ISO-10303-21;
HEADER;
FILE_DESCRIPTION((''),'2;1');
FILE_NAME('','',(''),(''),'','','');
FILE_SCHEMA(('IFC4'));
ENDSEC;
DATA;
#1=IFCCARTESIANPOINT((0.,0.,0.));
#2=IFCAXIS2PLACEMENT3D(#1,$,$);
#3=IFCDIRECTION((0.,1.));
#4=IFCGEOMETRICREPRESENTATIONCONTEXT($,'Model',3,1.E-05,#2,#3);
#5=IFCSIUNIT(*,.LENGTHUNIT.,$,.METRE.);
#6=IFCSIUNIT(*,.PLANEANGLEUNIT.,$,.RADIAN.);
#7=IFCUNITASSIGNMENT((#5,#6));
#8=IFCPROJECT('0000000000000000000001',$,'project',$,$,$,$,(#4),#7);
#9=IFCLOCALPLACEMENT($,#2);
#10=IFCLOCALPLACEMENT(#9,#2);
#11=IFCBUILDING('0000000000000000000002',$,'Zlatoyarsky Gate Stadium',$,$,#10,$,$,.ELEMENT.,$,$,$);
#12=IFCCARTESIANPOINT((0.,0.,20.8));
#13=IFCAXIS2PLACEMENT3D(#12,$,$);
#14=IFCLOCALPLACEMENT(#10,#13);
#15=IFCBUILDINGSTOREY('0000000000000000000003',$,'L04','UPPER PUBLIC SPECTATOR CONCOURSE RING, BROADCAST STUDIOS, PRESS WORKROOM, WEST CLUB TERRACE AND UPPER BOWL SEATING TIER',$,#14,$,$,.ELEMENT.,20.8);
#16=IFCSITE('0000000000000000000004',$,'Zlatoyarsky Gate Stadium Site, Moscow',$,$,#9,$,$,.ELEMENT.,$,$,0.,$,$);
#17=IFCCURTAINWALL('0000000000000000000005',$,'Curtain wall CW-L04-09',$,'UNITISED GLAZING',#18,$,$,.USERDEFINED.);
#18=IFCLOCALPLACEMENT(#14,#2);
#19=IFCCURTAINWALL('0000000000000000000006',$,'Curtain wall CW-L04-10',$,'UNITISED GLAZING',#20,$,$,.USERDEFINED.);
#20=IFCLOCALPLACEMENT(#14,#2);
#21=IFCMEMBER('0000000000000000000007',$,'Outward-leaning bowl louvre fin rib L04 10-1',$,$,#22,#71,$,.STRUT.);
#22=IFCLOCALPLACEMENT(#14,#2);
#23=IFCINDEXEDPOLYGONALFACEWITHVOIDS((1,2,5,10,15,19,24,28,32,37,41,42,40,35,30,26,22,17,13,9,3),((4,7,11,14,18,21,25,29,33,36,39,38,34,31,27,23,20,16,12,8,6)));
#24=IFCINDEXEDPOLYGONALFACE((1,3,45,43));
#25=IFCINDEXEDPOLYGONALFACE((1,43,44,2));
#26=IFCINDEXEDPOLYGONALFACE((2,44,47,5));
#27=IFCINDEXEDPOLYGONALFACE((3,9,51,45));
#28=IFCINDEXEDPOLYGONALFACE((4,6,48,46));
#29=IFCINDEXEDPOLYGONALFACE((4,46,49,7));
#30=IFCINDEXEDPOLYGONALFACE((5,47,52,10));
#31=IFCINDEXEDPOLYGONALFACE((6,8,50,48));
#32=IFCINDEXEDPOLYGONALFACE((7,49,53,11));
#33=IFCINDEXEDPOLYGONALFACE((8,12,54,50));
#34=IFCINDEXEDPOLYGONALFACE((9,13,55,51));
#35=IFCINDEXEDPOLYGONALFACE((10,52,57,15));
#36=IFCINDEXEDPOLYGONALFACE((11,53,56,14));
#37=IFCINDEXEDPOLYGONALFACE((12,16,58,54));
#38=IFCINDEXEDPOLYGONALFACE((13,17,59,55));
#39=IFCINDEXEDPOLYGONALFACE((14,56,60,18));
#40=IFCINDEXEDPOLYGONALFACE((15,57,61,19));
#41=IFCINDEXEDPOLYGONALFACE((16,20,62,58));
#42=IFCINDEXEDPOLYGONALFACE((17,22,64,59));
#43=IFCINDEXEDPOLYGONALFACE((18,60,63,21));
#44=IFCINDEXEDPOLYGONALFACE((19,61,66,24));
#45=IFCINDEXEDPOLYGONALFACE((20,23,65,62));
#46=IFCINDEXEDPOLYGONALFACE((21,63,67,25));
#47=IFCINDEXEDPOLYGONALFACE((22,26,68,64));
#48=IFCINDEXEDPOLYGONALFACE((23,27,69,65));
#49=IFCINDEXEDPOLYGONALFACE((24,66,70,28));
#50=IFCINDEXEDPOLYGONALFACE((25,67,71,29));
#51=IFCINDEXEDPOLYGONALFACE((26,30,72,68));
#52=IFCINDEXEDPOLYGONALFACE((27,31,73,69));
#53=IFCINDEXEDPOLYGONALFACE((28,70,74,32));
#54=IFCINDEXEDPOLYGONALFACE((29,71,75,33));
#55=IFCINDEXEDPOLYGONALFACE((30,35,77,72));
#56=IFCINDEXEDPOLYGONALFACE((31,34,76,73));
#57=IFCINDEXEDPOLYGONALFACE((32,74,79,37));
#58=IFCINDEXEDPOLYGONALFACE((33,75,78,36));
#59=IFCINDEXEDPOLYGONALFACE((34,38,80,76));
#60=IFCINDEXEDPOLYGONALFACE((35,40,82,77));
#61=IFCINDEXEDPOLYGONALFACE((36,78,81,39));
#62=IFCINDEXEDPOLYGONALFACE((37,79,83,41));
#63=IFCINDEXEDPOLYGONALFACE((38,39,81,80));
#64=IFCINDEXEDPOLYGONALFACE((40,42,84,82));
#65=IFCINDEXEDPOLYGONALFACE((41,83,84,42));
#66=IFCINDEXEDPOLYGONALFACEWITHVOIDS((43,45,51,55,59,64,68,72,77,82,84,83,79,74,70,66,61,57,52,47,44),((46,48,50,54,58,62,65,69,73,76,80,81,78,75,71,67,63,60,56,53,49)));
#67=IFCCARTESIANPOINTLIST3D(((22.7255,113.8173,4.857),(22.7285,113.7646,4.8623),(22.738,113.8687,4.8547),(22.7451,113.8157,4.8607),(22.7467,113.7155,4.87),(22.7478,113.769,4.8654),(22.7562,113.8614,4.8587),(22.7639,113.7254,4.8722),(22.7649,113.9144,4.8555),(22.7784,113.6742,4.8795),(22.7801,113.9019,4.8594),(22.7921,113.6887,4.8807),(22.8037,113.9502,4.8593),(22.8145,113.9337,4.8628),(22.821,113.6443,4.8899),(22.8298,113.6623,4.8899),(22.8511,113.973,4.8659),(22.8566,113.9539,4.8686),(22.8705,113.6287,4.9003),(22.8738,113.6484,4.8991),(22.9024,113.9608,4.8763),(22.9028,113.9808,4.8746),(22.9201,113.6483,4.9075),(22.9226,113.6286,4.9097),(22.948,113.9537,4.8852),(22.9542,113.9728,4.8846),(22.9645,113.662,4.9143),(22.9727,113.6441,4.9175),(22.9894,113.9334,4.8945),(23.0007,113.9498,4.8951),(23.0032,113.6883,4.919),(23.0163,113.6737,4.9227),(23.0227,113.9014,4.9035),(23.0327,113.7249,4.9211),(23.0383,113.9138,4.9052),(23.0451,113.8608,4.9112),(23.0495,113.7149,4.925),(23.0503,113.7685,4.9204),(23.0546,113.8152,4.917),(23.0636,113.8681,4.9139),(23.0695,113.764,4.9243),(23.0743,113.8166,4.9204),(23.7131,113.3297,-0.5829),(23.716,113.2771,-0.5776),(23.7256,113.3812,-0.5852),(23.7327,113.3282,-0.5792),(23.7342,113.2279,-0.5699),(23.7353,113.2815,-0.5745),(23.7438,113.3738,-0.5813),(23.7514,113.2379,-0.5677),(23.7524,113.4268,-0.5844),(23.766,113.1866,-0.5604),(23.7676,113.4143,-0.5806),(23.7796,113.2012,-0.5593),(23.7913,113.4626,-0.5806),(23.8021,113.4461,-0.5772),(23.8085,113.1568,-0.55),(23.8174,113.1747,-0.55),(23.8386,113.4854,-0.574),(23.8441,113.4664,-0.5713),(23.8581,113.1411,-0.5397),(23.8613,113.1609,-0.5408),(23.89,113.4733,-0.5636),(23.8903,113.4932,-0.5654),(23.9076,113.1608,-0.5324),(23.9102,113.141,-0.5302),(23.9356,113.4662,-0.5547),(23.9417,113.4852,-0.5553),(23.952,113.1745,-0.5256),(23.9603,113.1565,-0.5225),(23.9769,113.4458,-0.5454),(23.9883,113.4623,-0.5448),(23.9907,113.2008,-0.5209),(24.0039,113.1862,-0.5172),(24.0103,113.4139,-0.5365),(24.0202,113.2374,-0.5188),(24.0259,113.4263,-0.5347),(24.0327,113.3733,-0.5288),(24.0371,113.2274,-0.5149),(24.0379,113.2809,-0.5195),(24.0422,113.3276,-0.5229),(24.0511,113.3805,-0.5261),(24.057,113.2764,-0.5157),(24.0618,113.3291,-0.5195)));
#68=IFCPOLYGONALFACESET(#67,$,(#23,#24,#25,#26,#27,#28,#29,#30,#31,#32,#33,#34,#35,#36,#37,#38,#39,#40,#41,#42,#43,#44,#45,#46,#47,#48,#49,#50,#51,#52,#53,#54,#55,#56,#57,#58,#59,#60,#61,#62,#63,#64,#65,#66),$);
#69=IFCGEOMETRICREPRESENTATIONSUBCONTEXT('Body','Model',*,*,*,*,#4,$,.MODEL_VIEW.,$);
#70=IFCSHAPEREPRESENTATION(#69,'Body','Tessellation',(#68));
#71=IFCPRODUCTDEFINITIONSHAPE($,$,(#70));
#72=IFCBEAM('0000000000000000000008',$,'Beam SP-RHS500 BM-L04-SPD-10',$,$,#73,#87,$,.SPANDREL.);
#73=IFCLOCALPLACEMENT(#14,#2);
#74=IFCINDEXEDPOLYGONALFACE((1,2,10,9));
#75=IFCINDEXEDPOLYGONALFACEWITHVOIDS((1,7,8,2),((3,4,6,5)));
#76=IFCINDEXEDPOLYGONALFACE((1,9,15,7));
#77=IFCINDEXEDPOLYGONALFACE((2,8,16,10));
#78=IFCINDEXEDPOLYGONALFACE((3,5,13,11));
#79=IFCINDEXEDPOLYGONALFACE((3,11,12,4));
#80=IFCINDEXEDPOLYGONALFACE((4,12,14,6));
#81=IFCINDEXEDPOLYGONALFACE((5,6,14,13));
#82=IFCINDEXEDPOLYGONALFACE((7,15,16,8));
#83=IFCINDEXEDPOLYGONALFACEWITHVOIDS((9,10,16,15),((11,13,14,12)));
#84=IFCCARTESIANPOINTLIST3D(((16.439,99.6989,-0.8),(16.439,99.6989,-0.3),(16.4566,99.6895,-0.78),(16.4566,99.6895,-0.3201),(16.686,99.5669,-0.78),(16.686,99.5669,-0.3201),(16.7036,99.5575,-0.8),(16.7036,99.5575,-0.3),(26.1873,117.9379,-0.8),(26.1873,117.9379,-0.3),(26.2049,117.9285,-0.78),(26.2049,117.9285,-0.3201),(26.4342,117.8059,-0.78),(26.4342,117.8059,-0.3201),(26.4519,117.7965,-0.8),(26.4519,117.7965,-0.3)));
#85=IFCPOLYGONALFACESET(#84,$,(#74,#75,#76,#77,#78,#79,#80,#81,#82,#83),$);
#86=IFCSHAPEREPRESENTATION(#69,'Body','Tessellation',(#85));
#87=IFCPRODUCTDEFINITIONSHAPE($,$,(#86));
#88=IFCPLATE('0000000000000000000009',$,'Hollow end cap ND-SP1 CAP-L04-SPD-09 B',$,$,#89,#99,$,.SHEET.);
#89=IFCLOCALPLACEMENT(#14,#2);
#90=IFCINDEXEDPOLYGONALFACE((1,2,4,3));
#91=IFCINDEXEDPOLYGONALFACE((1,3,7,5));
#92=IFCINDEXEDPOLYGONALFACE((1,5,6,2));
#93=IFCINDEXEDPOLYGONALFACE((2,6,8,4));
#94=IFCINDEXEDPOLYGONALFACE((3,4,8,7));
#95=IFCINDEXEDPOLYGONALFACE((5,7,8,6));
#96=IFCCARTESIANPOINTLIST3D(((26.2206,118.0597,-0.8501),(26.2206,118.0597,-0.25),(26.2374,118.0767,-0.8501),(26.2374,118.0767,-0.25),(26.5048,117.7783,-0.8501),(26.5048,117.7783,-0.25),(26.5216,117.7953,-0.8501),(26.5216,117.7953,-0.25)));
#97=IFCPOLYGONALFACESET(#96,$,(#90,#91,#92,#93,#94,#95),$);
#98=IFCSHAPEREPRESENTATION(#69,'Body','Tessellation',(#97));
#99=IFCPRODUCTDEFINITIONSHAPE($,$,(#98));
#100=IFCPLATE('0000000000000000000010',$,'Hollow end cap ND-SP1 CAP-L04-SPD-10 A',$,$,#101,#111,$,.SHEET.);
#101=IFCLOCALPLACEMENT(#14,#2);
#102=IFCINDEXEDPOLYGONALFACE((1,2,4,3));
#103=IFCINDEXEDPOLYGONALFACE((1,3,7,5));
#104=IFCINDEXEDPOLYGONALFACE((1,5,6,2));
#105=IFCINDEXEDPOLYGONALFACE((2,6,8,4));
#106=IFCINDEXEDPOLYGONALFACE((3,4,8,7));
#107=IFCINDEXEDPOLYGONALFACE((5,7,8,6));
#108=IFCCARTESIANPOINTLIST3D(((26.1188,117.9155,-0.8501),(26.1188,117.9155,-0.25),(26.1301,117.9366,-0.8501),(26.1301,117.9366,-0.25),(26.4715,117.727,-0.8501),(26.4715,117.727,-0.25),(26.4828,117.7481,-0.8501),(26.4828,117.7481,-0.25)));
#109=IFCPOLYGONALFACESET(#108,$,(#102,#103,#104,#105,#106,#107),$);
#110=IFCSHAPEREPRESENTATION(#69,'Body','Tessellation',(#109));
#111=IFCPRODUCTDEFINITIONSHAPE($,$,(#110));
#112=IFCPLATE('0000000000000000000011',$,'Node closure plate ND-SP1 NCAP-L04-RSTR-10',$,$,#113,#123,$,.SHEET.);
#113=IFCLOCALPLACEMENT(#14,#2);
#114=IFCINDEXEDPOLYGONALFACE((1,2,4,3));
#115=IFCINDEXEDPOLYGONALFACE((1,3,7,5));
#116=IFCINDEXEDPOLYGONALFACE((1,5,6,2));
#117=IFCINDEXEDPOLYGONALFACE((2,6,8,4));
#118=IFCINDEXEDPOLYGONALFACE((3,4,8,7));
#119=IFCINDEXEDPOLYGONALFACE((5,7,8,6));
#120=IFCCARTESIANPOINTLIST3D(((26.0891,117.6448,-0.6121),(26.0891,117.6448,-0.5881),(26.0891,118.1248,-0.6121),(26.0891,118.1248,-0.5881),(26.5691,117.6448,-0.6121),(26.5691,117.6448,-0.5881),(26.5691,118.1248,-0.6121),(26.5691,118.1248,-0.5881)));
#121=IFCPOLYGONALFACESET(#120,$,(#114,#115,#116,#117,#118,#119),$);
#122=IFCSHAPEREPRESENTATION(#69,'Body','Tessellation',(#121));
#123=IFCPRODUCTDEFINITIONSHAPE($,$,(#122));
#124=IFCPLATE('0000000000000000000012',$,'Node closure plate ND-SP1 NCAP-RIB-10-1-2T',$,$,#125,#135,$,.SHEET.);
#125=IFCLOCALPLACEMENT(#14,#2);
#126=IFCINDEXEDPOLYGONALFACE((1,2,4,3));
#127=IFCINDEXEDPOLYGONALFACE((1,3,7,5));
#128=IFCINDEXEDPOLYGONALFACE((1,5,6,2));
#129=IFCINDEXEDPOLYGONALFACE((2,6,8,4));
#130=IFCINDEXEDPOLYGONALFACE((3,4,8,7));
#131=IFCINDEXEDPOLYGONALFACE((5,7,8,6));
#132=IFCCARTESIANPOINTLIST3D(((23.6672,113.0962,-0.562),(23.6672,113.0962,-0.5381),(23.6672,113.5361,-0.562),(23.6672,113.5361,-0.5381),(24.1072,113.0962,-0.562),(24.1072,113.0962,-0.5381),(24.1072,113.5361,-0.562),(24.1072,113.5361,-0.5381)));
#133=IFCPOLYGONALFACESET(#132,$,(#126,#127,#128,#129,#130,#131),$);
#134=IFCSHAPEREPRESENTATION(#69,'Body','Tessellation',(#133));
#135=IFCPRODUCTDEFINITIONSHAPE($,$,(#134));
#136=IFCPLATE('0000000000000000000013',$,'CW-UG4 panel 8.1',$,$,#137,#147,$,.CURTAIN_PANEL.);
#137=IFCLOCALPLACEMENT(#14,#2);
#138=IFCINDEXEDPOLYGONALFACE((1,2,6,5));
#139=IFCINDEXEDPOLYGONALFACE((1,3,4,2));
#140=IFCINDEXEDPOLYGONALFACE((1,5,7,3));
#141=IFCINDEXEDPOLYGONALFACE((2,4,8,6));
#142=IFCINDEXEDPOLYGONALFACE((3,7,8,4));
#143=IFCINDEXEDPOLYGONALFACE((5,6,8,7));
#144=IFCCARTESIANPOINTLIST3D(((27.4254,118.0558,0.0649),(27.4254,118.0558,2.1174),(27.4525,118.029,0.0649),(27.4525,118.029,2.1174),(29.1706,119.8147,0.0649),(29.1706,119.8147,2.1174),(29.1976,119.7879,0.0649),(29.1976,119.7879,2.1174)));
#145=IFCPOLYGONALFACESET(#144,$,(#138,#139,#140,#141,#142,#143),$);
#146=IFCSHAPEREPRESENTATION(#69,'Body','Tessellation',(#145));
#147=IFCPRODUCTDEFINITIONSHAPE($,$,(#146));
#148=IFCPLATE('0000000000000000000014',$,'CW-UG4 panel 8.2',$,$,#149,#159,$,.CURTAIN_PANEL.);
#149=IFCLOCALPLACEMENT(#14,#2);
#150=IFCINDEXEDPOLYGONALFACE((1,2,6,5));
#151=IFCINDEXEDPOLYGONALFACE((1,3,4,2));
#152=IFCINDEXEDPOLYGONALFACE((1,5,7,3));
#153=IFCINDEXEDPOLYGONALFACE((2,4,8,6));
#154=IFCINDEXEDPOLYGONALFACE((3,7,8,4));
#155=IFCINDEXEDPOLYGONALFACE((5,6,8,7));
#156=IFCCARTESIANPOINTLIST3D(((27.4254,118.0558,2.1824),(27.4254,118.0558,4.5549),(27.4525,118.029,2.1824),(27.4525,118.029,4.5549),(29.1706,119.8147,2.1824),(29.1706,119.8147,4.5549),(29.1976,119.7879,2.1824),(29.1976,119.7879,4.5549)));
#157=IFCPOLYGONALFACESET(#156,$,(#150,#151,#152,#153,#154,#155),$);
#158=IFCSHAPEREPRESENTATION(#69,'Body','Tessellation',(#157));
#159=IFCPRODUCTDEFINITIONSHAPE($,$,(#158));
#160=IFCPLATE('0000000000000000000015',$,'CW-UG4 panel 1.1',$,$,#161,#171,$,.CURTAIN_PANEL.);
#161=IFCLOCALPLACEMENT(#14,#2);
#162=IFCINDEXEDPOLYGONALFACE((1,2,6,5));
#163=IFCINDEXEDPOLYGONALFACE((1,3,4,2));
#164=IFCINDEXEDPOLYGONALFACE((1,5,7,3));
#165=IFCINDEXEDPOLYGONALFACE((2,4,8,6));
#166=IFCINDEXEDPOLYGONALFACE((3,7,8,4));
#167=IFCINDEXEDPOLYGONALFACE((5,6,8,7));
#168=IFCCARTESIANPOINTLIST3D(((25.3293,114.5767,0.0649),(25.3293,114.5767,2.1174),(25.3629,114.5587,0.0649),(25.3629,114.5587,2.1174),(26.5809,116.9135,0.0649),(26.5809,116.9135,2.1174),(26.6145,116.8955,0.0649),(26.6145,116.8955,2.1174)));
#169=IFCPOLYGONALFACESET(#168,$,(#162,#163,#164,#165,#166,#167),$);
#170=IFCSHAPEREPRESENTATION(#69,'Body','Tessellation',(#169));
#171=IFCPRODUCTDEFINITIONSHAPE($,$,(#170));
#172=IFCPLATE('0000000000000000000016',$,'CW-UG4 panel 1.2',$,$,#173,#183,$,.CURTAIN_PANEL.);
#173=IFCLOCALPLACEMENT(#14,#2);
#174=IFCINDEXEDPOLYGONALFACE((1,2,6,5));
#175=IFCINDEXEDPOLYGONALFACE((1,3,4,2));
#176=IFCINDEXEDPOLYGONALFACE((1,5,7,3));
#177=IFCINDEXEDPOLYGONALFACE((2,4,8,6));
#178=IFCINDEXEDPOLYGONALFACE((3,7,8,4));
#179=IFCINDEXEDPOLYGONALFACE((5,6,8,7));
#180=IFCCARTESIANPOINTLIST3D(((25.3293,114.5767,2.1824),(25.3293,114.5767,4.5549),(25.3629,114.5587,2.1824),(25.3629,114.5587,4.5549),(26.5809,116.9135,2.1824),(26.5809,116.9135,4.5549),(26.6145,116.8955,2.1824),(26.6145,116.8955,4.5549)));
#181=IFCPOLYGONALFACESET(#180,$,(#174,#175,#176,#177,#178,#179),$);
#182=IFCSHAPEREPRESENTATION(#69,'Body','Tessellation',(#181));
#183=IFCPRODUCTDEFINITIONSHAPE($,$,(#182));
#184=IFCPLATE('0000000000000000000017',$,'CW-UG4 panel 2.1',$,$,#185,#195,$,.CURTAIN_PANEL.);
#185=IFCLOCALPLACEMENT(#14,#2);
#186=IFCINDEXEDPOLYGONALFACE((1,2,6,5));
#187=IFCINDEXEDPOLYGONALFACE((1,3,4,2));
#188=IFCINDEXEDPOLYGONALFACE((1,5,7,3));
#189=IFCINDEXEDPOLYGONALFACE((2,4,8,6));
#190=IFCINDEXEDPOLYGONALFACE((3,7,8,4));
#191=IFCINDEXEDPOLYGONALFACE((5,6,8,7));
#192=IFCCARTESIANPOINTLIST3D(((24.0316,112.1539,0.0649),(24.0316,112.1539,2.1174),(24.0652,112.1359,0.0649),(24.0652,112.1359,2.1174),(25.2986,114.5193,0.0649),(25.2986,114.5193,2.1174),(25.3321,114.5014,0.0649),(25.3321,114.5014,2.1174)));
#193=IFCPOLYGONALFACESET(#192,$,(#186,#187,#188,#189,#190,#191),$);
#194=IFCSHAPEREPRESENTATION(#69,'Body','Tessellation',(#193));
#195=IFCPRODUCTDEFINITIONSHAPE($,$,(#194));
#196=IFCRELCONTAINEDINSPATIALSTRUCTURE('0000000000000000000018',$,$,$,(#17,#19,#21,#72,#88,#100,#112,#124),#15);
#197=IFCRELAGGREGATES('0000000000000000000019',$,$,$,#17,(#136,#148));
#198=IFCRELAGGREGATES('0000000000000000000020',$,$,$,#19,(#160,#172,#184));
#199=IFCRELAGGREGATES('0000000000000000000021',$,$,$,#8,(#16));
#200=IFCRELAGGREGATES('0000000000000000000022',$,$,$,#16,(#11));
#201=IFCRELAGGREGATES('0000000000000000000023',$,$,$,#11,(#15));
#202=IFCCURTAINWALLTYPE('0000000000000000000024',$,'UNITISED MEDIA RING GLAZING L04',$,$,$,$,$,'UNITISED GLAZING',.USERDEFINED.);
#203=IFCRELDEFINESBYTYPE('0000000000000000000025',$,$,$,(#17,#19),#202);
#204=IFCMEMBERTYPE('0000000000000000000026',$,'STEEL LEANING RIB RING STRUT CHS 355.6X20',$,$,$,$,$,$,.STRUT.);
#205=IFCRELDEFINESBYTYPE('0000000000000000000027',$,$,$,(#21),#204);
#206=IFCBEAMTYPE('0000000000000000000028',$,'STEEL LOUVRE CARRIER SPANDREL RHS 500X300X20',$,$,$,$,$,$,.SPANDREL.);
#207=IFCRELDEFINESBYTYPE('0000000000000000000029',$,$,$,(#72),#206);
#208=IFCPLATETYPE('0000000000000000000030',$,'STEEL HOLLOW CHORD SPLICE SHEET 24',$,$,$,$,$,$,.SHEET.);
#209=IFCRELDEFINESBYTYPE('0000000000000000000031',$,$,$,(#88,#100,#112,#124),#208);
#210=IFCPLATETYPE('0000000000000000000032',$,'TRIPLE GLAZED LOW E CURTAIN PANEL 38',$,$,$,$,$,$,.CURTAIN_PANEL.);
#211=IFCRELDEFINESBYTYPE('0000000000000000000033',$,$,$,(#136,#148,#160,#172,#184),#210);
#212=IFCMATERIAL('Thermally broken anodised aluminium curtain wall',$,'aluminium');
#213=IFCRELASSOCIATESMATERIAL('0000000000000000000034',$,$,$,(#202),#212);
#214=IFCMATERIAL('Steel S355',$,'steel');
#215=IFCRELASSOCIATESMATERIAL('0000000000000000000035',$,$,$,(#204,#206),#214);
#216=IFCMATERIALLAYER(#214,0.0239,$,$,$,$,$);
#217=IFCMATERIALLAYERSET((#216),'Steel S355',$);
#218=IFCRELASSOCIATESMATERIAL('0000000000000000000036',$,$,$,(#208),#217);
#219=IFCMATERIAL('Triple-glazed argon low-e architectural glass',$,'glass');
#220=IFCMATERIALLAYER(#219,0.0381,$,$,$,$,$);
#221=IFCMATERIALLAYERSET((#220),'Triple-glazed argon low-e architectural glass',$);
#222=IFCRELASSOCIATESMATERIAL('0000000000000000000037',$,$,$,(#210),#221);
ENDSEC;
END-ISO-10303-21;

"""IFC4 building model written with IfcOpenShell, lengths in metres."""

from ifc_helpers import new_model, si_unit, direction, frame, origin, origin_2d, place, context, subcontext, project, spatial, rectangle, hollow_rectangle, hollow_circle, extrude, material, layer, layer_set, material_profile, profile_set, type_object, element, aggregate, save


model = new_model("IFC4")

# Units and contexts
model_context = context("Model", 3, precision=1e-05, world=origin(), true_north=direction((0.0, 1.0)))
body_context = subcontext(model_context, "Body", "Model", "MODEL_VIEW")
ifc_project = project(units=[si_unit("LENGTHUNIT", "METRE"), si_unit("PLANEANGLEUNIT", "RADIAN")], contexts=[model_context])

# Site, building, storey
site_placement = place(None, origin())
site = spatial("IfcSite", under=ifc_project, at=site_placement, Name="Zlatoyarsky Gate Stadium Site, Moscow", CompositionType="ELEMENT", RefElevation=0.0)
building_placement = place(site_placement, origin())
building = spatial("IfcBuilding", under=site, at=building_placement, Name="Zlatoyarsky Gate Stadium", CompositionType="ELEMENT")
storey_placement = place(building_placement, frame((0.0, 0.0, 20.8)))
storey = spatial("IfcBuildingStorey", under=building, at=storey_placement, Name="L04", Description="UPPER PUBLIC SPECTATOR CONCOURSE RING, BROADCAST STUDIOS, PRESS WORKROOM, WEST CLUB TERRACE AND UPPER BOWL SEATING TIER", CompositionType="ELEMENT", Elevation=20.8)

# Shared definitions
ifc_material_1 = material(Name="Steel S355", Category="steel")

# Curtain walls
ifc_material_2 = material(Name="Thermally broken anodised aluminium curtain wall", Category="aluminium")
curtain_wall_type = type_object("IfcCurtainWallType", Name="UNITISED MEDIA RING GLAZING L04", ElementType="UNITISED GLAZING", PredefinedType="USERDEFINED", material=ifc_material_2)
curtain_wall_1_placement = place(storey_placement, origin())
curtain_wall_1 = element("IfcCurtainWall", 1, at=curtain_wall_1_placement, inside=storey, type_object=curtain_wall_type, Name="Curtain wall CW-L04-09", ObjectType="UNITISED GLAZING", PredefinedType="USERDEFINED")
curtain_wall_2_placement = place(storey_placement, origin())
curtain_wall_2 = element("IfcCurtainWall", 2, at=curtain_wall_2_placement, inside=storey, type_object=curtain_wall_type, Name="Curtain wall CW-L04-10", ObjectType="UNITISED GLAZING", PredefinedType="USERDEFINED")

# Member
ifc_material_profile_1 = material_profile(ifc_material_1, hollow_circle(Radius=0.1777, WallThickness=0.02, at=origin_2d()), Name="CHS 355.6X20")
ifc_profile_set_1 = profile_set([ifc_material_profile_1], Name="Steel S355")
member_type_1 = type_object("IfcMemberType", Name="STEEL LEANING RIB RING STRUT CHS 355.6X20", PredefinedType="STRUT", material=ifc_profile_set_1)
member_1_placement = place(storey_placement, frame((23.8872, 113.3162, -0.55), z_axis=(-0.177927, 0.087842, 0.980115), x_axis=(-0.442686, -0.896677, 0.0)))
element("IfcMember", 3, at=member_1_placement, inside=storey, type_object=member_type_1, Name="Outward-leaning bowl louvre fin rib L04 10-1", PredefinedType="STRUT", context=body_context, shape_type="SweptSolid", body=[
    extrude(hollow_circle(Radius=0.1777, WallThickness=0.02, at=origin_2d()), origin(), (0.0, 0.0, 1.0), 5.5503),
])

# Beam
ifc_material_profile_2 = material_profile(ifc_material_1, hollow_rectangle(XDim=0.3, YDim=0.5, WallThickness=0.02, at=origin_2d()), Name="RHS 500X300X20")
ifc_profile_set_2 = profile_set([ifc_material_profile_2], Name="Steel S355")
beam_type = type_object("IfcBeamType", Name="STEEL LOUVRE CARRIER SPANDREL RHS 500X300X20", PredefinedType="SPANDREL", material=ifc_profile_set_2)
beam_placement = place(storey_placement, frame((26.3196, 117.8672, -0.55), z_axis=(-0.471372, -0.881935, 0.0), x_axis=(0.881935, -0.471372, 0.0)))
element("IfcBeam", 4, at=beam_placement, inside=storey, type_object=beam_type, Name="Beam SP-RHS500 BM-L04-SPD-10", PredefinedType="SPANDREL", context=body_context, shape_type="SweptSolid", body=[
    extrude(hollow_rectangle(XDim=0.3, YDim=0.5, WallThickness=0.02, at=origin_2d()), origin(), (0.0, 0.0, 1.0), 20.6807),
])

# Plates
ifc_layer_1 = layer(ifc_material_1, 0.0239)
ifc_layer_set_1 = layer_set([ifc_layer_1], Name="Steel S355")
plate_type_1 = type_object("IfcPlateType", Name="STEEL HOLLOW CHORD SPLICE SHEET 24", PredefinedType="SHEET", material=ifc_layer_set_1)
for number, where, z_axis, x_axis, name in (
    (5, (26.3711, 117.9275, -0.8501), (0.0, 0.0, 1.0), (-0.703591, -0.710605, 0.0), "Hollow end cap ND-SP1 CAP-L04-SPD-09 B"),
    (6, (26.3008, 117.8318, -0.8501), (0.0, 0.0, 1.0), (-0.471376, -0.881933, 0.0), "Hollow end cap ND-SP1 CAP-L04-SPD-10 A"),
):
    element("IfcPlate", number, at=place(storey_placement, frame(where, z_axis=z_axis, x_axis=x_axis)), inside=storey, type_object=plate_type_1, Name=name, PredefinedType="SHEET", context=body_context, shape_type="SweptSolid", body=[
        extrude(rectangle(XDim=0.0239, YDim=0.3999, at=origin_2d()), origin(), (0.0, 0.0, 1.0), 0.6001),
    ])
plate_1_placement = place(storey_placement, frame((26.3291, 117.8848, -0.6121), z_axis=(0.0, 0.0, 1.0), x_axis=(1.0, 0.0, 0.0)))
element("IfcPlate", 7, at=plate_1_placement, inside=storey, type_object=plate_type_1, Name="Node closure plate ND-SP1 NCAP-L04-RSTR-10", PredefinedType="SHEET", context=body_context, shape_type="SweptSolid", body=[
    extrude(rectangle(XDim=0.48, YDim=0.48, at=origin_2d()), origin(), (0.0, 0.0, 1.0), 0.0239),
])
plate_2_placement = place(storey_placement, frame((23.8872, 113.3162, -0.562), z_axis=(0.0, 0.0, 1.0), x_axis=(1.0, 0.0, 0.0)))
element("IfcPlate", 8, at=plate_2_placement, inside=storey, type_object=plate_type_1, Name="Node closure plate ND-SP1 NCAP-RIB-10-1-2T", PredefinedType="SHEET", context=body_context, shape_type="SweptSolid", body=[
    extrude(rectangle(XDim=0.4399, YDim=0.4399, at=origin_2d()), origin(), (0.0, 0.0, 1.0), 0.0239),
])

# Plates
ifc_material_3 = material(Name="Triple-glazed argon low-e architectural glass", Category="glass")
ifc_layer_2 = layer(ifc_material_3, 0.0381)
ifc_layer_set_2 = layer_set([ifc_layer_2], Name="Triple-glazed argon low-e architectural glass")
plate_type_2 = type_object("IfcPlateType", Name="TRIPLE GLAZED LOW E CURTAIN PANEL 38", PredefinedType="CURTAIN_PANEL", material=ifc_layer_set_2)
plate_3_placement = place(storey_placement, frame((28.3115, 118.9219, 0.0649), z_axis=(0.0, 0.0, 1.0), x_axis=(-0.704332, -0.709871, 0.0)))
plate_3 = element("IfcPlate", 9, at=plate_3_placement, type_object=plate_type_2, Name="CW-UG4 panel 8.1", PredefinedType="CURTAIN_PANEL", context=body_context, shape_type="SweptSolid", body=[
    extrude(rectangle(XDim=2.4778, YDim=0.0381, at=origin_2d()), origin(), (0.0, 0.0, 1.0), 2.0525),
])
plate_4_placement = place(storey_placement, frame((28.3115, 118.9219, 2.1824), z_axis=(0.0, 0.0, 1.0), x_axis=(-0.704332, -0.709871, 0.0)))
plate_4 = element("IfcPlate", 10, at=plate_4_placement, type_object=plate_type_2, Name="CW-UG4 panel 8.2", PredefinedType="CURTAIN_PANEL", context=body_context, shape_type="SweptSolid", body=[
    extrude(rectangle(XDim=2.4778, YDim=0.0381, at=origin_2d()), origin(), (0.0, 0.0, 1.0), 2.3726),
])
aggregate(curtain_wall_1, [plate_3, plate_4])
plate_5_placement = place(storey_placement, frame((25.9719, 115.7361, 0.0649), z_axis=(0.0, 0.0, 1.0), x_axis=(-0.472145, -0.881521, 0.0)))
plate_5 = element("IfcPlate", 11, at=plate_5_placement, type_object=plate_type_2, Name="CW-UG4 panel 1.1", PredefinedType="CURTAIN_PANEL", context=body_context, shape_type="SweptSolid", body=[
    extrude(rectangle(XDim=2.6509, YDim=0.0381, at=origin_2d()), origin(), (0.0, 0.0, 1.0), 2.0525),
])
plate_6_placement = place(storey_placement, frame((25.9719, 115.7361, 2.1824), z_axis=(0.0, 0.0, 1.0), x_axis=(-0.472145, -0.881521, 0.0)))
plate_6 = element("IfcPlate", 12, at=plate_6_placement, type_object=plate_type_2, Name="CW-UG4 panel 1.2", PredefinedType="CURTAIN_PANEL", context=body_context, shape_type="SweptSolid", body=[
    extrude(rectangle(XDim=2.6509, YDim=0.0381, at=origin_2d()), origin(), (0.0, 0.0, 1.0), 2.3726),
])
plate_7_placement = place(storey_placement, frame((24.6819, 113.3276, 0.0649), z_axis=(0.0, 0.0, 1.0), x_axis=(-0.472145, -0.881521, 0.0)))
plate_7 = element("IfcPlate", 13, at=plate_7_placement, type_object=plate_type_2, Name="CW-UG4 panel 2.1", PredefinedType="CURTAIN_PANEL", context=body_context, shape_type="SweptSolid", body=[
    extrude(rectangle(XDim=2.6833, YDim=0.0381, at=origin_2d()), origin(), (0.0, 0.0, 1.0), 2.0525),
])
aggregate(curtain_wall_2, [plate_5, plate_6, plate_7])

save(model, "model.ifc")
